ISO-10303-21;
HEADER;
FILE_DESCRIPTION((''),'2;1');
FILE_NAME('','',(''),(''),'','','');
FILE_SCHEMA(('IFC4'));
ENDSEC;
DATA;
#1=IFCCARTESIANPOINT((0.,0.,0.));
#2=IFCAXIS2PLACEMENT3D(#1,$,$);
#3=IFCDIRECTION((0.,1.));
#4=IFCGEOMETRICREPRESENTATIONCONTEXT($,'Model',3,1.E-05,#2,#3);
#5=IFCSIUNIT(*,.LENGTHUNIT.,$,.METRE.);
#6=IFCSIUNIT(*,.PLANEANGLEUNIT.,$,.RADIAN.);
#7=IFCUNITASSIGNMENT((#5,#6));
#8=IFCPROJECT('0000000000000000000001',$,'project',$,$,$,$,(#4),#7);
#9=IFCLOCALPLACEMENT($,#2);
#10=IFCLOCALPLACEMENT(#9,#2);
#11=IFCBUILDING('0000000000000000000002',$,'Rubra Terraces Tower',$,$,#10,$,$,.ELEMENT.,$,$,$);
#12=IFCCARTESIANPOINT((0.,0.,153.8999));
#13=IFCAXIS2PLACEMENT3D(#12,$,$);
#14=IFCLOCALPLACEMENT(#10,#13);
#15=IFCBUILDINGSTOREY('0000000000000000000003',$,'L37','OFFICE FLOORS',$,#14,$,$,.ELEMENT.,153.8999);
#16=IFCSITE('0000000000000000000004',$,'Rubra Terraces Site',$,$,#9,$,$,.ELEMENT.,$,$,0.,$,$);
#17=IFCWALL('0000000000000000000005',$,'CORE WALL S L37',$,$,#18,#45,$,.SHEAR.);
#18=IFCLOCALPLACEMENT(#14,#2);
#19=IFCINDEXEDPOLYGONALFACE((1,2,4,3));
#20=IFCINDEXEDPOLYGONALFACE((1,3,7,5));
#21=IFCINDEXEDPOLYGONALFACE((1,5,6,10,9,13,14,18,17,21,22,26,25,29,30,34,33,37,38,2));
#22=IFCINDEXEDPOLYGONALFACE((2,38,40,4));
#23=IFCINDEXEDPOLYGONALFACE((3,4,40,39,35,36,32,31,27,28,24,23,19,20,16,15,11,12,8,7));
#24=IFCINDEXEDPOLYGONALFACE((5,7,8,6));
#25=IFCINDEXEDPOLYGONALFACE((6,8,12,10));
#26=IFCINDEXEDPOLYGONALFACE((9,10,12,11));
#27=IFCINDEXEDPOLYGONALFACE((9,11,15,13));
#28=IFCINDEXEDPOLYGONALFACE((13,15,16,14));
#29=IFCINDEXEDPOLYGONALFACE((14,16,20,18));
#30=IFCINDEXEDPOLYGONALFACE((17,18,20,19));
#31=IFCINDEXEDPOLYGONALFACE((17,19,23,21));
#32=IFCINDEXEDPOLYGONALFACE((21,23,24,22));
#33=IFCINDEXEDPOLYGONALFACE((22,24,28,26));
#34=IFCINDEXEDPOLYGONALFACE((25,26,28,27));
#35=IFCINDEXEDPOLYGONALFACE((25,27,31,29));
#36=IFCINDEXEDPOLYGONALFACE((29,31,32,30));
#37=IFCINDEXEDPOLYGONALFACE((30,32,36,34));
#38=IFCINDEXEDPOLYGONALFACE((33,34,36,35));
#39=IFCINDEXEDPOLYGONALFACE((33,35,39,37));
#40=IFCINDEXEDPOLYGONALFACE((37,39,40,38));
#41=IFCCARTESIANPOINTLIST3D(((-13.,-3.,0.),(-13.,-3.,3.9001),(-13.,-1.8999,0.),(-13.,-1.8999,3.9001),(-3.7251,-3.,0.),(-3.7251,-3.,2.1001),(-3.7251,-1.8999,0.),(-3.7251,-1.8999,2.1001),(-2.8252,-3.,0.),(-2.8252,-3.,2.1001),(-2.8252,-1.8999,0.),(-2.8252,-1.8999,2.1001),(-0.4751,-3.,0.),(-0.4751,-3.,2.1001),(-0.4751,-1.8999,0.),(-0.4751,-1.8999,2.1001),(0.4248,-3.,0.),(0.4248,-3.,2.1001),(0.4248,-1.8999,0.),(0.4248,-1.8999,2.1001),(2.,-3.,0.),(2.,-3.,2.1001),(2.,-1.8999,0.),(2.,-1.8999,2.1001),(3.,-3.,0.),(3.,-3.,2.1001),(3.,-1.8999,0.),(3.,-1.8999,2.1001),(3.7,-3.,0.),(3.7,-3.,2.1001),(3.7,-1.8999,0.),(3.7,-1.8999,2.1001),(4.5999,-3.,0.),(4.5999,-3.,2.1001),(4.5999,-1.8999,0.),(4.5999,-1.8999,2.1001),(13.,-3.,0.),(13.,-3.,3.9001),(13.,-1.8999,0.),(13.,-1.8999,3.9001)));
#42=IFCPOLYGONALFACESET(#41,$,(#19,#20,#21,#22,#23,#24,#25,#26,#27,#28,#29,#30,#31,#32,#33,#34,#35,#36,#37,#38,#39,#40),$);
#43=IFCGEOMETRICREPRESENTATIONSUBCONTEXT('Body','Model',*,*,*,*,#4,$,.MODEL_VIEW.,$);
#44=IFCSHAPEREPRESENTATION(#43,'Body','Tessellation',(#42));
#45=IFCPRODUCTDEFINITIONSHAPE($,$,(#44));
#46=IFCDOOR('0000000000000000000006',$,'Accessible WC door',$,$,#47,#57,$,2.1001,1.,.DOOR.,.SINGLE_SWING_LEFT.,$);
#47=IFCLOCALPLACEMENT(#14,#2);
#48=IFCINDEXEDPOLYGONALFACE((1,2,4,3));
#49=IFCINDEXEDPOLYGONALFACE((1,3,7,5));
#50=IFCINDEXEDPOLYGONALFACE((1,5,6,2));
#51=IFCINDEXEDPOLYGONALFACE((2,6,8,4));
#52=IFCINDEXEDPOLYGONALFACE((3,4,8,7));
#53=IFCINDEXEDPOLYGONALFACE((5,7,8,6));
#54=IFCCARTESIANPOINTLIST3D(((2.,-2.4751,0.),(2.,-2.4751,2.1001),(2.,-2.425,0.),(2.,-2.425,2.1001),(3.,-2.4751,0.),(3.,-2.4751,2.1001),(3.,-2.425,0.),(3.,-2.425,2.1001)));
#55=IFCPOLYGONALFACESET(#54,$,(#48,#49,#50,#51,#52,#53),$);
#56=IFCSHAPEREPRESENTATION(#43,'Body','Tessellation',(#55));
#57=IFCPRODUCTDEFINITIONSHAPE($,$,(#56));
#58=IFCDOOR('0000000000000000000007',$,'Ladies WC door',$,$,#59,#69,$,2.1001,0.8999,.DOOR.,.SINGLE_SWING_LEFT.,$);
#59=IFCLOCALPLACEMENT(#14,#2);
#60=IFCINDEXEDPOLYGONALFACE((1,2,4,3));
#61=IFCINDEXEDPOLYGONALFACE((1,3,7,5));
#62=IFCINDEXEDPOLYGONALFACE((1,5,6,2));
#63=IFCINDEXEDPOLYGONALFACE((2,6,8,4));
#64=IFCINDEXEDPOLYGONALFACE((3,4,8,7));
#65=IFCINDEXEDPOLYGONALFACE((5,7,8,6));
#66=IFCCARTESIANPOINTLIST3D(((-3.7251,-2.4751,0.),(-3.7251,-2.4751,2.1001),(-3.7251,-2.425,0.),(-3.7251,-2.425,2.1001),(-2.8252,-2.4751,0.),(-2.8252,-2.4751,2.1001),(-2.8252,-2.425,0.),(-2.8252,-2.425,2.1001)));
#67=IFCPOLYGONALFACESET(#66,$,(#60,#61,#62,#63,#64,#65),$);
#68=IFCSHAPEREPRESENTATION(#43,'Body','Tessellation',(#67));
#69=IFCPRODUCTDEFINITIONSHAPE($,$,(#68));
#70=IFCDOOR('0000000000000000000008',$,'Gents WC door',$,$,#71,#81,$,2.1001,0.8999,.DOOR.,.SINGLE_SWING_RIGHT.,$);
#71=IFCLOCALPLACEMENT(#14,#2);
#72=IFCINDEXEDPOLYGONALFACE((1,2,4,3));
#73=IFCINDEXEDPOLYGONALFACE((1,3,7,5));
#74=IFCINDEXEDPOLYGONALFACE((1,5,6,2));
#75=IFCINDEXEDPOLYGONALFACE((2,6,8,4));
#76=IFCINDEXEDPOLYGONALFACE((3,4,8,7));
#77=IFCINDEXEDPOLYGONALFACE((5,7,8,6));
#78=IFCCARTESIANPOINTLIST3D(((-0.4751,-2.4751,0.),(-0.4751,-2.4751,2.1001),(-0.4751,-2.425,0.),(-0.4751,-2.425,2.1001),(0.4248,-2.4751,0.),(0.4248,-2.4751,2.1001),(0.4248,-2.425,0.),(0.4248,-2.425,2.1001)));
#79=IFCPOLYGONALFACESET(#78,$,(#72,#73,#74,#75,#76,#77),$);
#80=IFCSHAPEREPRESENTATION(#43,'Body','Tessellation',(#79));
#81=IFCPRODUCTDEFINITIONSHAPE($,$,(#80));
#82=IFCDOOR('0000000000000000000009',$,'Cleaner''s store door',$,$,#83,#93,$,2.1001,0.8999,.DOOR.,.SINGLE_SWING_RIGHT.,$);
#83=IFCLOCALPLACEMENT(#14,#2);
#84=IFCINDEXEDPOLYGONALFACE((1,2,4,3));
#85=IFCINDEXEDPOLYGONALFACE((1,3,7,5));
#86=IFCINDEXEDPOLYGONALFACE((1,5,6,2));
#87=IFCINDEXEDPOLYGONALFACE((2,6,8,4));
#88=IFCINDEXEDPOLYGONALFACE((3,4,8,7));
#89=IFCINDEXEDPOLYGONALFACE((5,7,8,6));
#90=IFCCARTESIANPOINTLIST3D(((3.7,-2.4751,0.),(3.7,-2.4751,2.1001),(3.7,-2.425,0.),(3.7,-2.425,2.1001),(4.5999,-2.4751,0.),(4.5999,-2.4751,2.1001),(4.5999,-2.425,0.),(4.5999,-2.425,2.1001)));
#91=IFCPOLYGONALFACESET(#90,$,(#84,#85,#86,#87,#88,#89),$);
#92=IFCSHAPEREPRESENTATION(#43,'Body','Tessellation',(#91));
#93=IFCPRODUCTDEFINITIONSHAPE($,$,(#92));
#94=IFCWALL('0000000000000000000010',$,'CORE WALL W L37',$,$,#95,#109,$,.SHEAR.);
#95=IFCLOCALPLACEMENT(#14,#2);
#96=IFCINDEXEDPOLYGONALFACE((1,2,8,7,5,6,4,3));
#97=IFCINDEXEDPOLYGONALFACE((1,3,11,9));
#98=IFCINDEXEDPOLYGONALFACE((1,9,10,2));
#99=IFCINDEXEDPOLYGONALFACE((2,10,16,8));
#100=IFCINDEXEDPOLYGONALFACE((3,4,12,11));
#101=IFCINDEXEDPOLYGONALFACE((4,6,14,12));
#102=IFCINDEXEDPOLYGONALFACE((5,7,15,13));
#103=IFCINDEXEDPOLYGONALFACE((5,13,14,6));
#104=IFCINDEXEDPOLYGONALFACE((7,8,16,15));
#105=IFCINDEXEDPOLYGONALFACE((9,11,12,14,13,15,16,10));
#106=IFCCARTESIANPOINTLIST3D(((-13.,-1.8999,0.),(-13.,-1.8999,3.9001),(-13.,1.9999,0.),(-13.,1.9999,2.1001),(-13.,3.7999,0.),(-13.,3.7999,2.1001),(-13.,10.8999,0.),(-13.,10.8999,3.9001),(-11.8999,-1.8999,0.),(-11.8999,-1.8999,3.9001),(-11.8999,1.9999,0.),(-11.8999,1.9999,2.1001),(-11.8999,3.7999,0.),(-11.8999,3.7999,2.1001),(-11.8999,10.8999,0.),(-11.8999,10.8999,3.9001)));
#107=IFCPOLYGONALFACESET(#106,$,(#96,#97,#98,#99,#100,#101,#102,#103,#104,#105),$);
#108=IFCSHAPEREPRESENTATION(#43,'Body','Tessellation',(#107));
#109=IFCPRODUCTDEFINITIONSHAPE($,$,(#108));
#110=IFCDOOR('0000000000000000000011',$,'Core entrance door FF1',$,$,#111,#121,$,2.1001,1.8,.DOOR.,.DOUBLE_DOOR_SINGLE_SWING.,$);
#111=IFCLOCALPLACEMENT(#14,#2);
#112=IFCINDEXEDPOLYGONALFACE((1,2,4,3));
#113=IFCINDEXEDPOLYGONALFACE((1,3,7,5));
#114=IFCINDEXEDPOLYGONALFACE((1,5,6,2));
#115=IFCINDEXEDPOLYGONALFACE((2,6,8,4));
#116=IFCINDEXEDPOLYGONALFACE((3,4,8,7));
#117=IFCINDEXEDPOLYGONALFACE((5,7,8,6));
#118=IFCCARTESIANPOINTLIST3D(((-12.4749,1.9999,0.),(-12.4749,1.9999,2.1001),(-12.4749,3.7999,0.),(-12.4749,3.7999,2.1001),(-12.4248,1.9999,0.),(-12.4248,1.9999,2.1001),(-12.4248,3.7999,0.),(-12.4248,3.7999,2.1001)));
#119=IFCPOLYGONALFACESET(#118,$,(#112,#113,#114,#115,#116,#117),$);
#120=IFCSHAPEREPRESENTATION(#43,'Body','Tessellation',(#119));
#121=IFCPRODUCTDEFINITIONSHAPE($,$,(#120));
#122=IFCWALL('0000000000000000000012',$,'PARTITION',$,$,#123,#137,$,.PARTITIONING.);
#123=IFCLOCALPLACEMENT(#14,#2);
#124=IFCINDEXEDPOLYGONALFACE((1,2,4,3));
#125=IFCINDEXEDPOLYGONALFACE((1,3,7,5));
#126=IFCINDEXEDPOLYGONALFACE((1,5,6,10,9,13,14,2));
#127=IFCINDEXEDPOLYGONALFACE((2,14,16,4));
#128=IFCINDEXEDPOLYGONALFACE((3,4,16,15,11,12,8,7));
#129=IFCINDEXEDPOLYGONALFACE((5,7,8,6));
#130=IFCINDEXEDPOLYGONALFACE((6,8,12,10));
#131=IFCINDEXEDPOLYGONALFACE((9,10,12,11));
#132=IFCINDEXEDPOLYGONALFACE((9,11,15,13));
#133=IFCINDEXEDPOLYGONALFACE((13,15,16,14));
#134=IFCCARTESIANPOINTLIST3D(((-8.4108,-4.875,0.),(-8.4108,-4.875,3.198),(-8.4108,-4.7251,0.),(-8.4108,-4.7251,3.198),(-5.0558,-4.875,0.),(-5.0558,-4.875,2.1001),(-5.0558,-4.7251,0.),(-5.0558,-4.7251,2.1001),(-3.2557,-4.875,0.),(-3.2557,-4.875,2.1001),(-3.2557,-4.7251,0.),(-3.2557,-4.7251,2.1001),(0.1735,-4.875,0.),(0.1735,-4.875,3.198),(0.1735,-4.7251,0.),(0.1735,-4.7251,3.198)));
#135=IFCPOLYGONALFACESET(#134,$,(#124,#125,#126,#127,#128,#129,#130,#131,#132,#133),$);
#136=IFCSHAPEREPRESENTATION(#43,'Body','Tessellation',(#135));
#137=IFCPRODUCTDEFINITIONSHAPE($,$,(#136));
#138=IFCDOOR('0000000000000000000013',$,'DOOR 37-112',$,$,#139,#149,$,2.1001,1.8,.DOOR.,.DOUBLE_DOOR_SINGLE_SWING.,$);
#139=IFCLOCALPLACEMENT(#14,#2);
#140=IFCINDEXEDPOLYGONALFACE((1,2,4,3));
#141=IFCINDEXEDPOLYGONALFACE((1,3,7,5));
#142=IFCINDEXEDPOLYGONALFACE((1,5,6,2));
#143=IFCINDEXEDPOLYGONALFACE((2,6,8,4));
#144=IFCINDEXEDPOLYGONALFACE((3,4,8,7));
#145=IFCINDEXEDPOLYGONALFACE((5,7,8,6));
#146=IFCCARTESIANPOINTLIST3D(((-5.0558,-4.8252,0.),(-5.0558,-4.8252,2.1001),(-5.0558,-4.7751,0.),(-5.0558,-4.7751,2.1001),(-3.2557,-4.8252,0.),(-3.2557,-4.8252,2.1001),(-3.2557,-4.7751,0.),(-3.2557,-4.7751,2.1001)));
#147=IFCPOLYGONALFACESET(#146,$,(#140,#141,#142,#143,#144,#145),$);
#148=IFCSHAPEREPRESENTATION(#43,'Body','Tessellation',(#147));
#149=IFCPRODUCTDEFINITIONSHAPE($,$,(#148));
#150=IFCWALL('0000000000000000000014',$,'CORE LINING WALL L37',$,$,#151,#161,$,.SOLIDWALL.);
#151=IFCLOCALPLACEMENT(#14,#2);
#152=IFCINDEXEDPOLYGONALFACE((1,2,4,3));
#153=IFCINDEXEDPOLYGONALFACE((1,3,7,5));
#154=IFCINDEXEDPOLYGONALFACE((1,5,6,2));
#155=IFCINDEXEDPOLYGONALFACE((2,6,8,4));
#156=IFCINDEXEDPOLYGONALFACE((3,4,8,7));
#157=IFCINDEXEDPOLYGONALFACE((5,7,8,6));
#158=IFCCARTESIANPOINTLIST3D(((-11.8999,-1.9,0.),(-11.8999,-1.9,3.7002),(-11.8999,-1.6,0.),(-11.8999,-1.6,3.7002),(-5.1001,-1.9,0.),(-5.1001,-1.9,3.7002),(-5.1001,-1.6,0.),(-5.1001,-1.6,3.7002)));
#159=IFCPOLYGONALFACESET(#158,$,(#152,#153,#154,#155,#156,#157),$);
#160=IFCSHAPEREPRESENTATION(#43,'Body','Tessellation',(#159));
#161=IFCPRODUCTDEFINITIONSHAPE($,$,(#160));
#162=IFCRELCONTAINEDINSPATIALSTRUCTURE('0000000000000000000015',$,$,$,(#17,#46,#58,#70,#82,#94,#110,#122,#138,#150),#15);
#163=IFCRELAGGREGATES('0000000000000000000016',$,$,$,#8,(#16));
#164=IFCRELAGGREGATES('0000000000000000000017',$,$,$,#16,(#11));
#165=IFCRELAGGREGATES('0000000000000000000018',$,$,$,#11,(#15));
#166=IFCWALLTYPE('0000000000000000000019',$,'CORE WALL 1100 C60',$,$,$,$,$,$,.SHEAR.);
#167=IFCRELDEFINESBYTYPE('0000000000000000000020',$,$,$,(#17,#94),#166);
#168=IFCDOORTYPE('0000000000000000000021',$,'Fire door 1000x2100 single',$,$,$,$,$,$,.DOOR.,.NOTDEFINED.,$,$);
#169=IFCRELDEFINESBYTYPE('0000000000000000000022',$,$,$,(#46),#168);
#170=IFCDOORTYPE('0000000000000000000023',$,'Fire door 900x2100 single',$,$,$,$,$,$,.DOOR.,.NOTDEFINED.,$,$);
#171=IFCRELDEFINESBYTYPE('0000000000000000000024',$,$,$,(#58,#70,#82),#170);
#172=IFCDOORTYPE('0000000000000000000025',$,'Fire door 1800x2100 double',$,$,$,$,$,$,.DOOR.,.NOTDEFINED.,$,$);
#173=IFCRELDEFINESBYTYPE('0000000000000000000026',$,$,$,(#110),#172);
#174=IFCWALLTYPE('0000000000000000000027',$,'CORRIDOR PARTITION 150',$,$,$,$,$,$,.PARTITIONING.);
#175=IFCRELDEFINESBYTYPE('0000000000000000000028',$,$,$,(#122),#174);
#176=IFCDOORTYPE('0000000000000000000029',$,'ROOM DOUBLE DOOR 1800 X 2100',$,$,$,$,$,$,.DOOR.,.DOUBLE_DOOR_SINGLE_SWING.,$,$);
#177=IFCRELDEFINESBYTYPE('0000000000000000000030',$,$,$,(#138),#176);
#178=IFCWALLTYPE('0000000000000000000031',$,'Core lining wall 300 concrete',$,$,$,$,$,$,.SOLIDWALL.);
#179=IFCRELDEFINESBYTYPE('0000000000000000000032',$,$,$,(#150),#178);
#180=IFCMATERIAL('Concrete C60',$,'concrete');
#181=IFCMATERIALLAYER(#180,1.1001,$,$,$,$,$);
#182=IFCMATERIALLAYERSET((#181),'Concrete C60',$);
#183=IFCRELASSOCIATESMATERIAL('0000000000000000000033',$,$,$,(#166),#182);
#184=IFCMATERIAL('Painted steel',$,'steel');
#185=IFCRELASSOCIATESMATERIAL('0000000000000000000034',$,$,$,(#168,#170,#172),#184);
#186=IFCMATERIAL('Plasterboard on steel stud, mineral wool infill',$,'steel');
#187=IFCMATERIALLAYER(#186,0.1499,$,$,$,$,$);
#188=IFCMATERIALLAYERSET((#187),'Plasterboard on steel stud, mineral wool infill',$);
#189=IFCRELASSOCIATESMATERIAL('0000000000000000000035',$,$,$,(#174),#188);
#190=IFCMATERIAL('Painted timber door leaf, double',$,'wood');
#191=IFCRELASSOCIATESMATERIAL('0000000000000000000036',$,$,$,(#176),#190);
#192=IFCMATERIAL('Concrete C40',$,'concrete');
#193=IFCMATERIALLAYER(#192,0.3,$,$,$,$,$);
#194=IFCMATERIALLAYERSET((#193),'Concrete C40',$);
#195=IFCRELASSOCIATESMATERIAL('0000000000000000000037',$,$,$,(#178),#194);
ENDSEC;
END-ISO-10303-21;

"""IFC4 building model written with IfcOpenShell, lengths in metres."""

from ifc_helpers import new_model, si_unit, direction, frame, frame_2d, origin, place, context, subcontext, project, spatial, rectangle, extrude, material, layer, layer_set, type_object, element, fill, save


model = new_model("IFC4")

# Units and contexts
model_context = context("Model", 3, precision=1e-05, world=origin(), true_north=direction((0.0, 1.0)))
body_context = subcontext(model_context, "Body", "Model", "MODEL_VIEW")
ifc_project = project(units=[si_unit("LENGTHUNIT", "METRE"), si_unit("PLANEANGLEUNIT", "RADIAN")], contexts=[model_context])

# Site, building, storey
site_placement = place(None, origin())
site = spatial("IfcSite", under=ifc_project, at=site_placement, Name="Rubra Terraces Site", CompositionType="ELEMENT", RefElevation=0.0)
building_placement = place(site_placement, origin())
building = spatial("IfcBuilding", under=site, at=building_placement, Name="Rubra Terraces Tower", CompositionType="ELEMENT")
storey_placement = place(building_placement, frame((0.0, 0.0, 153.8999)))
storey = spatial("IfcBuildingStorey", under=building, at=storey_placement, Name="L37", Description="OFFICE FLOORS", CompositionType="ELEMENT", Elevation=153.8999)

# Shared definitions
ifc_material_1 = material(Name="Concrete C40", Category="concrete")

# Wall, openings, doors
ifc_material_2 = material(Name="Concrete C60", Category="concrete")
ifc_layer_1 = layer(ifc_material_2, 1.1001)
ifc_layer_set_1 = layer_set([ifc_layer_1], Name="Concrete C60")
wall_type_1 = type_object("IfcWallType", Name="CORE WALL 1100 C60", PredefinedType="SHEAR", material=ifc_layer_set_1)
wall_1_placement = place(storey_placement, frame((-13.0, -2.45, 0.0), z_axis=(0.0, 0.0, 1.0), x_axis=(1.0, 0.0, 0.0)))
wall_1 = element("IfcWall", 1, at=wall_1_placement, inside=storey, type_object=wall_type_1, Name="CORE WALL S L37", PredefinedType="SHEAR", context=body_context, shape_type="SweptSolid", body=[
    extrude(rectangle(XDim=26.0, YDim=1.1001, at=frame_2d((13.0, 0.0))), origin(), (0.0, 0.0, 1.0), 3.9001),
])
opening_1_placement = place(wall_1_placement, frame((9.2749, 0.0, 0.0)))
opening_1 = element("IfcOpeningElement", 2, at=opening_1_placement, cuts=wall_1, PredefinedType="OPENING", context=body_context, shape_type="SweptSolid", body=[
    extrude(rectangle(XDim=0.8999, YDim=2.1001, at=frame_2d((0.45, 1.05))), frame((0.0, 0.5601, 0.0), z_axis=(0.0, -1.0, 0.0), x_axis=(1.0, 0.0, 0.0)), (0.0, 0.0, 1.0), 1.1201),
])
opening_2_placement = place(wall_1_placement, frame((12.5249, 0.0, 0.0)))
opening_2 = element("IfcOpeningElement", 3, at=opening_2_placement, cuts=wall_1, PredefinedType="OPENING", context=body_context, shape_type="SweptSolid", body=[
    extrude(rectangle(XDim=0.8999, YDim=2.1001, at=frame_2d((0.45, 1.05))), frame((0.0, 0.5601, 0.0), z_axis=(0.0, -1.0, 0.0), x_axis=(1.0, 0.0, 0.0)), (0.0, 0.0, 1.0), 1.1201),
])
opening_3_placement = place(wall_1_placement, frame((15.0, 0.0, 0.0)))
opening_3 = element("IfcOpeningElement", 4, at=opening_3_placement, cuts=wall_1, PredefinedType="OPENING", context=body_context, shape_type="SweptSolid", body=[
    extrude(rectangle(XDim=1.0, YDim=2.1001, at=frame_2d((0.5, 1.05))), frame((0.0, 0.5601, 0.0), z_axis=(0.0, -1.0, 0.0), x_axis=(1.0, 0.0, 0.0)), (0.0, 0.0, 1.0), 1.1201),
])
opening_4_placement = place(wall_1_placement, frame((16.7, 0.0, 0.0)))
opening_4 = element("IfcOpeningElement", 5, at=opening_4_placement, cuts=wall_1, PredefinedType="OPENING", context=body_context, shape_type="SweptSolid", body=[
    extrude(rectangle(XDim=0.8999, YDim=2.1001, at=frame_2d((0.45, 1.05))), frame((0.0, 0.5601, 0.0), z_axis=(0.0, -1.0, 0.0), x_axis=(1.0, 0.0, 0.0)), (0.0, 0.0, 1.0), 1.1201),
])
ifc_material_3 = material(Name="Painted steel", Category="steel")
door_type_1 = type_object("IfcDoorType", Name="Fire door 1000x2100 single", OperationType="NOTDEFINED", PredefinedType="DOOR", material=ifc_material_3)
door_1_placement = place(opening_3_placement, origin())
door_1 = element("IfcDoor", 6, at=door_1_placement, inside=storey, type_object=door_type_1, Name="Accessible WC door", OperationType="SINGLE_SWING_LEFT", OverallHeight=2.1001, OverallWidth=1.0, PredefinedType="DOOR", context=body_context, shape_type="SweptSolid", body=[
    extrude(rectangle(XDim=1.0, YDim=2.1001, at=frame_2d((0.5, 1.05))), frame((0.0, 0.0249, 0.0), z_axis=(0.0, -1.0, 0.0), x_axis=(1.0, 0.0, 0.0)), (0.0, 0.0, 1.0), 0.05),
])
fill(opening_3, door_1)
door_type_2 = type_object("IfcDoorType", Name="Fire door 900x2100 single", OperationType="NOTDEFINED", PredefinedType="DOOR", material=ifc_material_3)
door_2_placement = place(opening_1_placement, origin())
door_2 = element("IfcDoor", 7, at=door_2_placement, inside=storey, type_object=door_type_2, Name="Ladies WC door", OperationType="SINGLE_SWING_LEFT", OverallHeight=2.1001, OverallWidth=0.8999, PredefinedType="DOOR", context=body_context, shape_type="SweptSolid", body=[
    extrude(rectangle(XDim=0.8999, YDim=2.1001, at=frame_2d((0.45, 1.05))), frame((0.0, 0.0249, 0.0), z_axis=(0.0, -1.0, 0.0), x_axis=(1.0, 0.0, 0.0)), (0.0, 0.0, 1.0), 0.05),
])
fill(opening_1, door_2)
door_3_placement = place(opening_2_placement, origin())
door_3 = element("IfcDoor", 8, at=door_3_placement, inside=storey, type_object=door_type_2, Name="Gents WC door", OperationType="SINGLE_SWING_RIGHT", OverallHeight=2.1001, OverallWidth=0.8999, PredefinedType="DOOR", context=body_context, shape_type="SweptSolid", body=[
    extrude(rectangle(XDim=0.8999, YDim=2.1001, at=frame_2d((0.45, 1.05))), frame((0.0, 0.0249, 0.0), z_axis=(0.0, -1.0, 0.0), x_axis=(1.0, 0.0, 0.0)), (0.0, 0.0, 1.0), 0.05),
])
fill(opening_2, door_3)
door_4_placement = place(opening_4_placement, origin())
door_4 = element("IfcDoor", 9, at=door_4_placement, inside=storey, type_object=door_type_2, Name="Cleaner's store door", OperationType="SINGLE_SWING_RIGHT", OverallHeight=2.1001, OverallWidth=0.8999, PredefinedType="DOOR", context=body_context, shape_type="SweptSolid", body=[
    extrude(rectangle(XDim=0.8999, YDim=2.1001, at=frame_2d((0.45, 1.05))), frame((0.0, 0.0249, 0.0), z_axis=(0.0, -1.0, 0.0), x_axis=(1.0, 0.0, 0.0)), (0.0, 0.0, 1.0), 0.05),
])
fill(opening_4, door_4)

# Walls, openings, doors
wall_2_placement = place(storey_placement, frame((-12.45, -1.8999, 0.0), z_axis=(0.0, 0.0, 1.0), x_axis=(0.0, 1.0, 0.0)))
wall_2 = element("IfcWall", 10, at=wall_2_placement, inside=storey, type_object=wall_type_1, Name="CORE WALL W L37", PredefinedType="SHEAR", context=body_context, shape_type="SweptSolid", body=[
    extrude(rectangle(XDim=12.7998, YDim=1.1001, at=frame_2d((6.3999, 0.0))), origin(), (0.0, 0.0, 1.0), 3.9001),
])
opening_5_placement = place(wall_2_placement, frame((3.8999, 0.0, 0.0)))
opening_5 = element("IfcOpeningElement", 11, at=opening_5_placement, cuts=wall_2, PredefinedType="OPENING", context=body_context, shape_type="SweptSolid", body=[
    extrude(rectangle(XDim=1.8, YDim=2.1001, at=frame_2d((0.8999, 1.05))), frame((0.0, 0.5601, 0.0), z_axis=(0.0, -1.0, 0.0), x_axis=(1.0, 0.0, 0.0)), (0.0, 0.0, 1.0), 1.1201),
])
door_type_3 = type_object("IfcDoorType", Name="Fire door 1800x2100 double", OperationType="NOTDEFINED", PredefinedType="DOOR", material=ifc_material_3)
door_5_placement = place(opening_5_placement, origin())
door_5 = element("IfcDoor", 12, at=door_5_placement, inside=storey, type_object=door_type_3, Name="Core entrance door FF1", OperationType="DOUBLE_DOOR_SINGLE_SWING", OverallHeight=2.1001, OverallWidth=1.8, PredefinedType="DOOR", context=body_context, shape_type="SweptSolid", body=[
    extrude(rectangle(XDim=1.8, YDim=2.1001, at=frame_2d((0.8999, 1.05))), frame((0.0, 0.0249, 0.0), z_axis=(0.0, -1.0, 0.0), x_axis=(1.0, 0.0, 0.0)), (0.0, 0.0, 1.0), 0.05),
])
fill(opening_5, door_5)
ifc_material_4 = material(Name="Plasterboard on steel stud, mineral wool infill", Category="steel")
ifc_layer_2 = layer(ifc_material_4, 0.1499)
ifc_layer_set_2 = layer_set([ifc_layer_2], Name="Plasterboard on steel stud, mineral wool infill")
wall_type_2 = type_object("IfcWallType", Name="CORRIDOR PARTITION 150", PredefinedType="PARTITIONING", material=ifc_layer_set_2)
wall_3_placement = place(storey_placement, frame((-8.4106, -4.8, 0.0), z_axis=(0.0, 0.0, 1.0), x_axis=(1.0, 0.0, 0.0)))
wall_3 = element("IfcWall", 13, at=wall_3_placement, inside=storey, type_object=wall_type_2, Name="PARTITION", PredefinedType="PARTITIONING", context=body_context, shape_type="SweptSolid", body=[
    extrude(rectangle(XDim=8.5842, YDim=0.1499, at=frame_2d((4.292, 0.0))), origin(), (0.0, 0.0, 1.0), 3.198),
])
opening_6_placement = place(wall_3_placement, frame((3.355, 0.0, 0.0)))
opening_6 = element("IfcOpeningElement", 14, at=opening_6_placement, cuts=wall_3, PredefinedType="OPENING", context=body_context, shape_type="SweptSolid", body=[
    extrude(rectangle(XDim=1.8, YDim=2.1001, at=frame_2d((0.8999, 1.05))), frame((0.0, 0.085, 0.0), z_axis=(0.0, -1.0, 0.0), x_axis=(1.0, 0.0, 0.0)), (0.0, 0.0, 1.0), 0.1699),
])
ifc_material_5 = material(Name="Painted timber door leaf, double", Category="wood")
door_type_4 = type_object("IfcDoorType", Name="ROOM DOUBLE DOOR 1800 X 2100", OperationType="DOUBLE_DOOR_SINGLE_SWING", PredefinedType="DOOR", material=ifc_material_5)
door_6_placement = place(opening_6_placement, origin())
door_6 = element("IfcDoor", 15, at=door_6_placement, inside=storey, type_object=door_type_4, Name="DOOR 37-112", OperationType="DOUBLE_DOOR_SINGLE_SWING", OverallHeight=2.1001, OverallWidth=1.8, PredefinedType="DOOR", context=body_context, shape_type="SweptSolid", body=[
    extrude(rectangle(XDim=1.8, YDim=2.1001, at=frame_2d((0.8999, 1.05))), frame((0.0, 0.0249, 0.0), z_axis=(0.0, -1.0, 0.0), x_axis=(1.0, 0.0, 0.0)), (0.0, 0.0, 1.0), 0.05),
])
fill(opening_6, door_6)

# Wall
ifc_layer_3 = layer(ifc_material_1, 0.3)
ifc_layer_set_3 = layer_set([ifc_layer_3], Name="Concrete C40")
wall_type_3 = type_object("IfcWallType", Name="Core lining wall 300 concrete", PredefinedType="SOLIDWALL", material=ifc_layer_set_3)
wall_4_placement = place(storey_placement, frame((-11.8999, -1.75, 0.0), z_axis=(0.0, 0.0, 1.0), x_axis=(1.0, 0.0, 0.0)))
element("IfcWall", 16, at=wall_4_placement, inside=storey, type_object=wall_type_3, Name="CORE LINING WALL L37", PredefinedType="SOLIDWALL", context=body_context, shape_type="SweptSolid", body=[
    extrude(rectangle(XDim=6.7998, YDim=0.3, at=frame_2d((3.3999, 0.0))), origin(), (0.0, 0.0, 1.0), 3.7002),
])

save(model, "model.ifc")
